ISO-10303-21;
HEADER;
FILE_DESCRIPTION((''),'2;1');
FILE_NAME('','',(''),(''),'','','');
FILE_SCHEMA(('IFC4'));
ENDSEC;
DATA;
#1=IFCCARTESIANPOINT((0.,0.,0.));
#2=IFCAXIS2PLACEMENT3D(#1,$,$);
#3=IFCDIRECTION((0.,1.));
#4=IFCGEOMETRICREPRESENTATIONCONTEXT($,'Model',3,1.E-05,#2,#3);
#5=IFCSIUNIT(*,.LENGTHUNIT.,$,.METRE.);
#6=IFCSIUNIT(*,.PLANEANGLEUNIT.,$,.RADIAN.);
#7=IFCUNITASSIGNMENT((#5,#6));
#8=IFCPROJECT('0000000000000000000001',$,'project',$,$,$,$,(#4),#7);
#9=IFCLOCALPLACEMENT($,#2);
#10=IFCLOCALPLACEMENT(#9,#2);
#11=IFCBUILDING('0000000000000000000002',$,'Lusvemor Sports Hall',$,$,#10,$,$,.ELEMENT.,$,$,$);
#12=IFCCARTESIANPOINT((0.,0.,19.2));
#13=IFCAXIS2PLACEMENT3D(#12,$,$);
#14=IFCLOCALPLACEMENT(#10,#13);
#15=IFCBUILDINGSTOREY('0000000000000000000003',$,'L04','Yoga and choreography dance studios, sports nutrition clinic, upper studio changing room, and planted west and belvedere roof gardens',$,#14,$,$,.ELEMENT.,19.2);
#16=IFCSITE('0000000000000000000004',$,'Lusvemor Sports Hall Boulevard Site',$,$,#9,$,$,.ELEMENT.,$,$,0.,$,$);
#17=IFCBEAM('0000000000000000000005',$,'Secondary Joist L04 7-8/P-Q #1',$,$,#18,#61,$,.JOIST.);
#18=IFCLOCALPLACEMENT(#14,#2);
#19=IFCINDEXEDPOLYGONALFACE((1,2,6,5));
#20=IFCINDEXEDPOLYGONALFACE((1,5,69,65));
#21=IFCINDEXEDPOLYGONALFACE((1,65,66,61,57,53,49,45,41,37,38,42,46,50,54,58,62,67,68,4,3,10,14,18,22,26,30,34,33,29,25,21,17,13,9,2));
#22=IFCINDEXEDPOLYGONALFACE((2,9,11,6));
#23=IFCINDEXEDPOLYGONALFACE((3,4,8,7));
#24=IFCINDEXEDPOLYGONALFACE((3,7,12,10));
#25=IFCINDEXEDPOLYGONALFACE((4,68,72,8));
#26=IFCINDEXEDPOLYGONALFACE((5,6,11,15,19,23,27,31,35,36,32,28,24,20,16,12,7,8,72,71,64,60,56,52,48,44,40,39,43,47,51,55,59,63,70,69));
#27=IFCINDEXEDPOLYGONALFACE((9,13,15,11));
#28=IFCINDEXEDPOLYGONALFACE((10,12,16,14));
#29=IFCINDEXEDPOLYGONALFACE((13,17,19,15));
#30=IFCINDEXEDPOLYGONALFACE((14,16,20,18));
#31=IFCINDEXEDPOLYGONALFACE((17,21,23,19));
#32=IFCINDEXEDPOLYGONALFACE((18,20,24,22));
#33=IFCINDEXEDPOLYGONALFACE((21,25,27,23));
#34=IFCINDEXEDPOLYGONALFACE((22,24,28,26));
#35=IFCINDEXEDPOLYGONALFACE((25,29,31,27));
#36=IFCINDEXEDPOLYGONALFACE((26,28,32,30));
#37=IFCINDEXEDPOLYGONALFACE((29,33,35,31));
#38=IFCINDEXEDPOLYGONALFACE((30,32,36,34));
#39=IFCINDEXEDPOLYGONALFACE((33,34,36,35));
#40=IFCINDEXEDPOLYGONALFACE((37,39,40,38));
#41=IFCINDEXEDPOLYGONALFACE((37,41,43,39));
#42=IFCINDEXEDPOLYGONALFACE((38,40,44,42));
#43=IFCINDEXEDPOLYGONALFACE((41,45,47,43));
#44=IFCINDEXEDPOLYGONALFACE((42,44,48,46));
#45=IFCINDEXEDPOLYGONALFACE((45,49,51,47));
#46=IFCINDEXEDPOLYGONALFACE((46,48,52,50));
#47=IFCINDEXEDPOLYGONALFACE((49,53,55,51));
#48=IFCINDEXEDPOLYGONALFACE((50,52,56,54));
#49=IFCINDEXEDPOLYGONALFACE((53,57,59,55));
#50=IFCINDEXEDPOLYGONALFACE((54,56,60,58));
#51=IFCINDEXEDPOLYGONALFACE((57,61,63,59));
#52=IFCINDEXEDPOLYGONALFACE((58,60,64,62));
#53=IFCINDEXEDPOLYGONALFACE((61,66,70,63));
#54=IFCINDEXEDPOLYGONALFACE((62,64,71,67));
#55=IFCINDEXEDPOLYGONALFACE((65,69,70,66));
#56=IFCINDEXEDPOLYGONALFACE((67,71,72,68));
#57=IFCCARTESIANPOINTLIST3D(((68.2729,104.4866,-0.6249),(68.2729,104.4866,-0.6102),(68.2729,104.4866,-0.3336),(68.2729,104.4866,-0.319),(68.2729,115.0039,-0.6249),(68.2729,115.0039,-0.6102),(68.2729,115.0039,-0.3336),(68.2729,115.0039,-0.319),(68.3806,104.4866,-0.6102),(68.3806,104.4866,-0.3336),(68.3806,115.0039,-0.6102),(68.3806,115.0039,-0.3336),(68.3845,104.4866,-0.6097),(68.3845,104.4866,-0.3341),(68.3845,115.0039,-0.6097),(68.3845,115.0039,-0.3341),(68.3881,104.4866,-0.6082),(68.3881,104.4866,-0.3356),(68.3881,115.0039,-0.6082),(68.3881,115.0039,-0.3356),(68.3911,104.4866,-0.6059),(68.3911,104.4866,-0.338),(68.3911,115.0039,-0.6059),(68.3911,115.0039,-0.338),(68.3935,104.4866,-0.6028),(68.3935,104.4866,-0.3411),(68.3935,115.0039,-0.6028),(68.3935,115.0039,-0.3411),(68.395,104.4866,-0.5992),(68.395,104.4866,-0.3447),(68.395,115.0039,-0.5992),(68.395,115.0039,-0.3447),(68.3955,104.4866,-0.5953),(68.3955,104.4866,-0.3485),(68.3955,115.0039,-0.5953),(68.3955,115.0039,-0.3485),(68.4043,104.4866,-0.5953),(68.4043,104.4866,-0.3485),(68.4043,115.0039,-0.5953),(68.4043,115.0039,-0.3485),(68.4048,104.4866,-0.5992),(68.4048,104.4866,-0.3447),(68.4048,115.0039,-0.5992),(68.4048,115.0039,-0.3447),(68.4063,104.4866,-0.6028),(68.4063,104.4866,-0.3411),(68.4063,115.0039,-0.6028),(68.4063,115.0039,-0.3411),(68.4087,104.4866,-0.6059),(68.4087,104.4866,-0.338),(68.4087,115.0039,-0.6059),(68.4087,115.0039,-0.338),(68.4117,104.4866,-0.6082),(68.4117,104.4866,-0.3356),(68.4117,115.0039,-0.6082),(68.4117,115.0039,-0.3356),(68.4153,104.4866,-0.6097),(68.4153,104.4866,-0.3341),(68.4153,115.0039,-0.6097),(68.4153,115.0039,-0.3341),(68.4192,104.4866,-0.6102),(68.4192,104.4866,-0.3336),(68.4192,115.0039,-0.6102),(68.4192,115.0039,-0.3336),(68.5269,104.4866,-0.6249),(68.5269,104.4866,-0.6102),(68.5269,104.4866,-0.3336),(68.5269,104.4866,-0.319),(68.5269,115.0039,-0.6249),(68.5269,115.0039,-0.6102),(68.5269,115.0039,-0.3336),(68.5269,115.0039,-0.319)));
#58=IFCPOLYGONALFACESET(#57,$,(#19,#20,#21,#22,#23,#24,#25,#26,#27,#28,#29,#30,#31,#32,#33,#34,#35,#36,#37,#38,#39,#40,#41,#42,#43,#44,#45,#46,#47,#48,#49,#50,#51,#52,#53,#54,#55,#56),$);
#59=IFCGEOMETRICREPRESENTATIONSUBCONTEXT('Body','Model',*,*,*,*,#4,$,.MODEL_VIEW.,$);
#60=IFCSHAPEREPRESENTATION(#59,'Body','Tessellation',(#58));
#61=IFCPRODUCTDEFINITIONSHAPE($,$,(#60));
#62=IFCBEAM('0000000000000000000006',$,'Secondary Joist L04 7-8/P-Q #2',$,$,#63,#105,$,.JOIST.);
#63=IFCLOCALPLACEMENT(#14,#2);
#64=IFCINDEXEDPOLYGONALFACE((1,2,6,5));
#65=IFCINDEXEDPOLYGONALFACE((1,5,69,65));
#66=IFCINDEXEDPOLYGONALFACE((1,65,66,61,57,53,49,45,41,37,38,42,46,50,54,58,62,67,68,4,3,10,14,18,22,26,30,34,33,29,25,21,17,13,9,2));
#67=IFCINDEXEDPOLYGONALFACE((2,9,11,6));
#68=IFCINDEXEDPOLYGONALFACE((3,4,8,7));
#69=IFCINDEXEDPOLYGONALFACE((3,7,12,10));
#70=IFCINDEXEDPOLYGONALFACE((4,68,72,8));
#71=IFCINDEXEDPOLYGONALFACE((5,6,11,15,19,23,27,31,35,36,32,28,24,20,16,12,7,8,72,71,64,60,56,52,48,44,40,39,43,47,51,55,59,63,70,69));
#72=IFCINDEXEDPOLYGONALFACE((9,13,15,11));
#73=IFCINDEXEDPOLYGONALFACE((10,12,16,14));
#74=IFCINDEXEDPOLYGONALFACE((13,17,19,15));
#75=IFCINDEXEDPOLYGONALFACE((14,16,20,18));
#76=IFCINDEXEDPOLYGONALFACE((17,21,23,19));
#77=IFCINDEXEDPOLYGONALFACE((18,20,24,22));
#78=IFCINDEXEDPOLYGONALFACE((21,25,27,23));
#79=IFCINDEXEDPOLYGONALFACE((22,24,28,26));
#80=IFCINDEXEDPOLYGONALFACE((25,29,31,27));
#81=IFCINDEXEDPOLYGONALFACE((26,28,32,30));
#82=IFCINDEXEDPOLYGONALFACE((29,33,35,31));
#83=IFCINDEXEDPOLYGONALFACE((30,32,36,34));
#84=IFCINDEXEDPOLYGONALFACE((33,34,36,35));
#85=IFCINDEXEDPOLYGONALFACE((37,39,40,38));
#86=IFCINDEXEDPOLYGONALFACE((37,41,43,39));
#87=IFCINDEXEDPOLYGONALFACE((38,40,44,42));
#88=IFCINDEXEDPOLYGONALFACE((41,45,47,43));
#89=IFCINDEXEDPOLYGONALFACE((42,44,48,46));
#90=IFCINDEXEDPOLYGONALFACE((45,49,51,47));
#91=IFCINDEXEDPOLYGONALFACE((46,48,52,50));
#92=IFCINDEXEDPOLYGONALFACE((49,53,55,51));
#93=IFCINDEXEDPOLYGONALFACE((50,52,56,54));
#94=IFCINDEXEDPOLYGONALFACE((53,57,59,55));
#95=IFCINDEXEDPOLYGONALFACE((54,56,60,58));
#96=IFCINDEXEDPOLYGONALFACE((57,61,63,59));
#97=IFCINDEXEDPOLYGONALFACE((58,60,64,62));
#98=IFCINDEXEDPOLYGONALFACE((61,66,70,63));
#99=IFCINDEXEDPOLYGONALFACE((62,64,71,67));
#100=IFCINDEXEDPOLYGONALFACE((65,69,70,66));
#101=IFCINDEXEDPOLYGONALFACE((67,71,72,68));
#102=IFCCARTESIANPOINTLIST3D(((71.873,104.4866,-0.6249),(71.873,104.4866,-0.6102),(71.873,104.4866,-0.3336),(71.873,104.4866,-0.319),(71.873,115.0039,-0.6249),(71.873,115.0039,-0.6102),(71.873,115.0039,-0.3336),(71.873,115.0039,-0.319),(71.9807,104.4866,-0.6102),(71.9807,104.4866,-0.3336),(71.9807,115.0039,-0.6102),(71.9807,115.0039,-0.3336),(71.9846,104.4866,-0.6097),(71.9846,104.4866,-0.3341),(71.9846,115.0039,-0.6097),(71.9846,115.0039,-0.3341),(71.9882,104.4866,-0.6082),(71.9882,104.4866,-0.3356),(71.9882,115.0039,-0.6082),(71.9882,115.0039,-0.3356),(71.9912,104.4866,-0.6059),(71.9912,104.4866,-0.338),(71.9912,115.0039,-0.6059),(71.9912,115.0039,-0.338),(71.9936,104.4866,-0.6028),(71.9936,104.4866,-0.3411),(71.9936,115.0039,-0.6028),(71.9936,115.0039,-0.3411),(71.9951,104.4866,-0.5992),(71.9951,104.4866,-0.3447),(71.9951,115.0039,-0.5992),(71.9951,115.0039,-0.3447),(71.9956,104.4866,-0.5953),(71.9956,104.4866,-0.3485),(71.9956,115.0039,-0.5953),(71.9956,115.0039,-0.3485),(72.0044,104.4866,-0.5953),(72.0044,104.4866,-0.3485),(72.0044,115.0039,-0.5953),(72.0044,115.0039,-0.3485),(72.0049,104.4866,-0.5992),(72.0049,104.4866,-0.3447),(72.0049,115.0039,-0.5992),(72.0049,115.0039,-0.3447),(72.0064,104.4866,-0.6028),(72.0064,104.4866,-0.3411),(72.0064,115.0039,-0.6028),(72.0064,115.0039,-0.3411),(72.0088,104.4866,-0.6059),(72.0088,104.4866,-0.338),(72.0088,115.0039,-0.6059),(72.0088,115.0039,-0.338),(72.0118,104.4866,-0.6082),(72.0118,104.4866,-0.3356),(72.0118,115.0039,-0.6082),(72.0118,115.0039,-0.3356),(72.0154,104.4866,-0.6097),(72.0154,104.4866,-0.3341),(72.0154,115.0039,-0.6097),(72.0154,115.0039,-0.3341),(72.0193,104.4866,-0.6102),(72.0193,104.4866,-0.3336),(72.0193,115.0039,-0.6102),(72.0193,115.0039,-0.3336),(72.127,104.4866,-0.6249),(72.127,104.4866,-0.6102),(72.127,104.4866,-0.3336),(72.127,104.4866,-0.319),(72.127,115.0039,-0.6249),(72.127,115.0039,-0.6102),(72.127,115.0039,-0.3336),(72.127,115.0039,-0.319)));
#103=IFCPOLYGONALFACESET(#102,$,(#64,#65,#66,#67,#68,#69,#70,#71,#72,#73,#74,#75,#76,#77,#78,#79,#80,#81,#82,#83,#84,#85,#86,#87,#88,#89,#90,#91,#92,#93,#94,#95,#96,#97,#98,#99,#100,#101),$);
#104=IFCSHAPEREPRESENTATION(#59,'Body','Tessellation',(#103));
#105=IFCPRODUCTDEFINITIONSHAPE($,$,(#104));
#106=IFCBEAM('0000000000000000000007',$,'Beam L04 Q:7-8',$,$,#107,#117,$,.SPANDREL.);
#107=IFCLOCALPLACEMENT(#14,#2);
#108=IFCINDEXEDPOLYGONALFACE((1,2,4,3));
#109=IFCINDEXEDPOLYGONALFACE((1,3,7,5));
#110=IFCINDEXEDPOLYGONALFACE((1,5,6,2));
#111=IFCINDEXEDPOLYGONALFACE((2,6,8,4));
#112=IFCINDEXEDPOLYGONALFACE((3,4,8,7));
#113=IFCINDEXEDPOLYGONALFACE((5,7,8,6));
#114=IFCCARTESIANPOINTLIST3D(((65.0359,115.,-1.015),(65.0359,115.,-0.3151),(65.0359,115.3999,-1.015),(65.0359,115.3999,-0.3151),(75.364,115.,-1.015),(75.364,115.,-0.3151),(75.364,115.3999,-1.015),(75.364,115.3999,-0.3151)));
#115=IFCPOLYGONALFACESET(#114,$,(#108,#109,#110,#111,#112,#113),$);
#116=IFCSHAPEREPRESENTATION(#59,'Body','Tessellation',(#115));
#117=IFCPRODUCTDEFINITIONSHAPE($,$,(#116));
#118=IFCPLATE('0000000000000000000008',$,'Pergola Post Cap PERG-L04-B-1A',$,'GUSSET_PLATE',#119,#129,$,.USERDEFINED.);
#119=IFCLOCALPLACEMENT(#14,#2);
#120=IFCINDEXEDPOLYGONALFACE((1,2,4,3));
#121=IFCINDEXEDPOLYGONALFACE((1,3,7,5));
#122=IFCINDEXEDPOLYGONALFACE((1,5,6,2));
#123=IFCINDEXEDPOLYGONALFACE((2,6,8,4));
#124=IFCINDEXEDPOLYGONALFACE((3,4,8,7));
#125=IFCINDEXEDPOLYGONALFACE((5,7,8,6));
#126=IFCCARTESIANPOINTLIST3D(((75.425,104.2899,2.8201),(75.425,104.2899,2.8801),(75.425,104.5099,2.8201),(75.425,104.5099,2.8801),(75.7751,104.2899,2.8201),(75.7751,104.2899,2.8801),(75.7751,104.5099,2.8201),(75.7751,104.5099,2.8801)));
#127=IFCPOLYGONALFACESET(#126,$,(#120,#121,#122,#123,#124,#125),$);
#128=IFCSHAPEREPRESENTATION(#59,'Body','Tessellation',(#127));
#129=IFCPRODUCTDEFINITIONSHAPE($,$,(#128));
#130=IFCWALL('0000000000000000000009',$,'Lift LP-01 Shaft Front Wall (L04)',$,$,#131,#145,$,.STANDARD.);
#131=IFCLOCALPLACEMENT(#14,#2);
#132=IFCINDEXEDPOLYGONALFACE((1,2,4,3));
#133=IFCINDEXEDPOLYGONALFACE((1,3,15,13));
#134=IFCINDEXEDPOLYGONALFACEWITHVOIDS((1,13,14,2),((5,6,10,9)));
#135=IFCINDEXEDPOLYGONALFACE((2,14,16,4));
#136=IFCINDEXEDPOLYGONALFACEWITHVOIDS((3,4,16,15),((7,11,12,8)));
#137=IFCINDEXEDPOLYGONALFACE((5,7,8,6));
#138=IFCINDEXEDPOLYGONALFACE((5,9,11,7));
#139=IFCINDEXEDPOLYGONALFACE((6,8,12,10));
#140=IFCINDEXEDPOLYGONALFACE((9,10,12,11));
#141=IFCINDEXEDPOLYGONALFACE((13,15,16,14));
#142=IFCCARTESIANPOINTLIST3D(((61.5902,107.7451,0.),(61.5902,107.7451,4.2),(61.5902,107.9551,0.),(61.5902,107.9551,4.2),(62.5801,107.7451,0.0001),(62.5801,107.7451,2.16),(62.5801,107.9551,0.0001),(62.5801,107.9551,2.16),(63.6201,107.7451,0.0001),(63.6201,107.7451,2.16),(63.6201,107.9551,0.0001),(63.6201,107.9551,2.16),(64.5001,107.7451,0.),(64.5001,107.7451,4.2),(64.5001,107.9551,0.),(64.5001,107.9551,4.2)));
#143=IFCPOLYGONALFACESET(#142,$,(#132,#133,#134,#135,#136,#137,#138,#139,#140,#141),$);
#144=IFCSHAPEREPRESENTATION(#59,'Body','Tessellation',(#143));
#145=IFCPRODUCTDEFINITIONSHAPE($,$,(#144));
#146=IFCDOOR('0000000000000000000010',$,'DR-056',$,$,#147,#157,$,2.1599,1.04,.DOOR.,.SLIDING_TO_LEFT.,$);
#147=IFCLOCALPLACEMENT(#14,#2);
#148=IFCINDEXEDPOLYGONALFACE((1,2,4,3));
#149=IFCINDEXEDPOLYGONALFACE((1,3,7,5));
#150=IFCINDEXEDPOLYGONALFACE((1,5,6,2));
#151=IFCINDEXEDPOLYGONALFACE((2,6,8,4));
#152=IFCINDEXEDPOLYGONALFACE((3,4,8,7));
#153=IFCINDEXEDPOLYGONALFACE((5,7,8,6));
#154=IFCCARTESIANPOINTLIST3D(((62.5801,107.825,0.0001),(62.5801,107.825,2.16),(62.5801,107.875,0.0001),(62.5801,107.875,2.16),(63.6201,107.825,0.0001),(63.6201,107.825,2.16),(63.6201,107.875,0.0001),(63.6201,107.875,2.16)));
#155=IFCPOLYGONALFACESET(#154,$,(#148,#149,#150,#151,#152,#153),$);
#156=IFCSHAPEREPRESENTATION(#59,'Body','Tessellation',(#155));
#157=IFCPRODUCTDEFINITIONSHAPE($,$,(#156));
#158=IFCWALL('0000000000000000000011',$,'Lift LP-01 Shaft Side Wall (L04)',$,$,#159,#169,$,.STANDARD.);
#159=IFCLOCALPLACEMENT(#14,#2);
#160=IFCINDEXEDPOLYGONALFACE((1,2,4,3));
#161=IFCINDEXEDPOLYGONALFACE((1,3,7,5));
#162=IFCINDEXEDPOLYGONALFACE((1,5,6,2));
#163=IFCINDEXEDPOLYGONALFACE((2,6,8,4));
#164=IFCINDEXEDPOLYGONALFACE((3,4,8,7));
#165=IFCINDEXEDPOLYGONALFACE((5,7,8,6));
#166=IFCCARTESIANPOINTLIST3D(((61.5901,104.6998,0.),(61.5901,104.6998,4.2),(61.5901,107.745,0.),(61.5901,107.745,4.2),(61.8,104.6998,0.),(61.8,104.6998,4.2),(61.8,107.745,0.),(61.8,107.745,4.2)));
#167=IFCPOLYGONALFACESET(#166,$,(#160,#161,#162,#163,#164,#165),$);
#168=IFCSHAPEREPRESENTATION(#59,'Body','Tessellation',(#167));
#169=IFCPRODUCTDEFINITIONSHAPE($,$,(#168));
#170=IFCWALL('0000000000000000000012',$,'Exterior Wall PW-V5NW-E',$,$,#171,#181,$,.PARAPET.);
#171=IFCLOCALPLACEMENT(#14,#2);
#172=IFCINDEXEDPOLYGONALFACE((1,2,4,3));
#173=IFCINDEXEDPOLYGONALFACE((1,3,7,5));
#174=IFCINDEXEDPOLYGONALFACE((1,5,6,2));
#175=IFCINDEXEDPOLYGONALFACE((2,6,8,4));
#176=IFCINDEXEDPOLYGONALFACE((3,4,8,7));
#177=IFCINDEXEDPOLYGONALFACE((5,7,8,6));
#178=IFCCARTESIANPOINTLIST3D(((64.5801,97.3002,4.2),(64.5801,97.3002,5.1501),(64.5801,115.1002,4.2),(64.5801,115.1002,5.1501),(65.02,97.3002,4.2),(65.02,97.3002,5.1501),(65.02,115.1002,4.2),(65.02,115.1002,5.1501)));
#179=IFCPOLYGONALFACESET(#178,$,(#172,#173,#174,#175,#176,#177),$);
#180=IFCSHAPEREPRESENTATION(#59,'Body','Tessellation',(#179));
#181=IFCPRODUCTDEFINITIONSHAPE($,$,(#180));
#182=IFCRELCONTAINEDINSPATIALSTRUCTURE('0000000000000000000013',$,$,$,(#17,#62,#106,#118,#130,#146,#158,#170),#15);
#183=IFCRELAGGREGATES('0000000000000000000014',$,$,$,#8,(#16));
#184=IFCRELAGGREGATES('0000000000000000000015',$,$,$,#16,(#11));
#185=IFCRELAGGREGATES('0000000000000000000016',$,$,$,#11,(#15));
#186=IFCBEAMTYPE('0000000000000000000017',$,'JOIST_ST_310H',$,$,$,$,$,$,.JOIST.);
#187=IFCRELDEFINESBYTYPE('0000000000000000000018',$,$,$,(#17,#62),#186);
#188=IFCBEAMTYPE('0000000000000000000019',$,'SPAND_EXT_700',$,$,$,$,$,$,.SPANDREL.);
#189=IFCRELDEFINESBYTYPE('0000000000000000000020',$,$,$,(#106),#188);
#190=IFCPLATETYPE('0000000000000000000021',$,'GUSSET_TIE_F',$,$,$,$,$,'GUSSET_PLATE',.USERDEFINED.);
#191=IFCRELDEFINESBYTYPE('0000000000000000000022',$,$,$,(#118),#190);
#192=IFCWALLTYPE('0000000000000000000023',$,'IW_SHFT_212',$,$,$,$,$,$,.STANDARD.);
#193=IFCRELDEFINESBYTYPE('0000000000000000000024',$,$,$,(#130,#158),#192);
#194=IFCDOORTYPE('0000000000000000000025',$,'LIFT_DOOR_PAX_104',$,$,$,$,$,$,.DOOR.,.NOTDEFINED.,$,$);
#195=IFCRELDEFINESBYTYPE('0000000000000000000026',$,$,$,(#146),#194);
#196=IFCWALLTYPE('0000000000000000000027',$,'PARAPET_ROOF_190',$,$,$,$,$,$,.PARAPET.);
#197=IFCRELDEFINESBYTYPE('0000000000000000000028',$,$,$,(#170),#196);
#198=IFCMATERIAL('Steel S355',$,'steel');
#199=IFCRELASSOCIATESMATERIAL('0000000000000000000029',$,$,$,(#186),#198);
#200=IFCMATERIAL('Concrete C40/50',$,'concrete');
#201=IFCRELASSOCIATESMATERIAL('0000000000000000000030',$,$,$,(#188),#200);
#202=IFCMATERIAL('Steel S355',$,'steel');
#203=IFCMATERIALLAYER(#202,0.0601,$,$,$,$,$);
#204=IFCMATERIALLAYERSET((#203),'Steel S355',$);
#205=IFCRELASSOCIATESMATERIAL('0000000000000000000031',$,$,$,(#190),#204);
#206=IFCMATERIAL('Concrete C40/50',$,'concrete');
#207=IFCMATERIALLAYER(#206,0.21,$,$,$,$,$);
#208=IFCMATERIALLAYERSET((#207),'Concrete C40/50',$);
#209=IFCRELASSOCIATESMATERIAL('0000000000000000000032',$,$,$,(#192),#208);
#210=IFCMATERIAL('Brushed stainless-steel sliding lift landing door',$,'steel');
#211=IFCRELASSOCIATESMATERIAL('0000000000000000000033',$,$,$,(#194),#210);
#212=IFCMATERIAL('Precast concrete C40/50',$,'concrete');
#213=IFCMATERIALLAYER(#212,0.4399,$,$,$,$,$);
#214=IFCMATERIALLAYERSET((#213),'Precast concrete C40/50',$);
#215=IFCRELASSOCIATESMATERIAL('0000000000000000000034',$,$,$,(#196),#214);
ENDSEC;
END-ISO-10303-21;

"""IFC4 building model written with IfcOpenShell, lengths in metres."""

from ifc_helpers import new_model, si_unit, direction, frame, frame_2d, origin, origin_2d, place, context, subcontext, project, spatial, rectangle, i_section, extrude, material, layer, layer_set, material_profile, profile_set, type_object, element, fill, save


model = new_model("IFC4")

# Units and contexts
model_context = context("Model", 3, precision=1e-05, world=origin(), true_north=direction((0.0, 1.0)))
body_context = subcontext(model_context, "Body", "Model", "MODEL_VIEW")
ifc_project = project(units=[si_unit("LENGTHUNIT", "METRE"), si_unit("PLANEANGLEUNIT", "RADIAN")], contexts=[model_context])

# Site, building, storey
site_placement = place(None, origin())
site = spatial("IfcSite", under=ifc_project, at=site_placement, Name="Lusvemor Sports Hall Boulevard Site", CompositionType="ELEMENT", RefElevation=0.0)
building_placement = place(site_placement, origin())
building = spatial("IfcBuilding", under=site, at=building_placement, Name="Lusvemor Sports Hall", CompositionType="ELEMENT")
storey_placement = place(building_placement, frame((0.0, 0.0, 19.2)))
storey = spatial("IfcBuildingStorey", under=building, at=storey_placement, Name="L04", Description="Yoga and choreography dance studios, sports nutrition clinic, upper studio changing room, and planted west and belvedere roof gardens", CompositionType="ELEMENT", Elevation=19.2)

# Beams
ifc_material_1 = material(Name="Steel S355", Category="steel")
ifc_material_profile_1 = material_profile(ifc_material_1, i_section(OverallWidth=0.2539, OverallDepth=0.3059, WebThickness=0.0088, FlangeThickness=0.0146, FilletRadius=0.0149, at=origin_2d()), Name="W310x79.0")
ifc_profile_set_1 = profile_set([ifc_material_profile_1], Name="Steel S355")
beam_type_1 = type_object("IfcBeamType", Name="JOIST_ST_310H", PredefinedType="JOIST", material=ifc_profile_set_1)
for number, where, z_axis, x_axis, name in (
    (1, (68.3999, 104.4866, -0.4719), (0.0, 1.0, 0.0), (-1.0, 0.0, 0.0), "Secondary Joist L04 7-8/P-Q #1"),
    (2, (72.0, 104.4866, -0.4719), (0.0, 1.0, 0.0), (-1.0, 0.0, 0.0), "Secondary Joist L04 7-8/P-Q #2"),
):
    element("IfcBeam", number, at=place(storey_placement, frame(where, z_axis=z_axis, x_axis=x_axis)), inside=storey, type_object=beam_type_1, Name=name, PredefinedType="JOIST", context=body_context, shape_type="SweptSolid", body=[
        extrude(i_section(OverallWidth=0.2539, OverallDepth=0.3059, WebThickness=0.0088, FlangeThickness=0.0146, FilletRadius=0.0149, at=origin_2d()), origin(), (0.0, 0.0, 1.0), 10.5173),
    ])
ifc_material_2 = material(Name="Concrete C40/50", Category="concrete")
ifc_material_profile_2 = material_profile(ifc_material_2, rectangle(XDim=0.3999, YDim=0.7, at=origin_2d()), Name="RC400x700")
ifc_profile_set_2 = profile_set([ifc_material_profile_2], Name="Concrete C40/50")
beam_type_2 = type_object("IfcBeamType", Name="SPAND_EXT_700", PredefinedType="SPANDREL", material=ifc_profile_set_2)
beam_1_placement = place(storey_placement, frame((65.0359, 115.2, -0.665), z_axis=(1.0, 0.0, 0.0), x_axis=(0.0, 1.0, 0.0)))
element("IfcBeam", 3, at=beam_1_placement, inside=storey, type_object=beam_type_2, Name="Beam L04 Q:7-8", PredefinedType="SPANDREL", context=body_context, shape_type="SweptSolid", body=[
    extrude(rectangle(XDim=0.3999, YDim=0.7, at=origin_2d()), origin(), (0.0, 0.0, 1.0), 10.3281),
])

# Plate
ifc_material_3 = material(Name="Steel S355", Category="steel")
ifc_layer_1 = layer(ifc_material_3, 0.0601)
ifc_layer_set_1 = layer_set([ifc_layer_1], Name="Steel S355")
plate_type = type_object("IfcPlateType", Name="GUSSET_TIE_F", ElementType="GUSSET_PLATE", PredefinedType="USERDEFINED", material=ifc_layer_set_1)
plate_placement = place(storey_placement, frame((75.6001, 104.3999, 2.8201), z_axis=(0.0, 0.0, 1.0), x_axis=(1.0, 0.0, 0.0)))
element("IfcPlate", 4, at=plate_placement, inside=storey, type_object=plate_type, Name="Pergola Post Cap PERG-L04-B-1A", ObjectType="GUSSET_PLATE", PredefinedType="USERDEFINED", context=body_context, shape_type="SweptSolid", body=[
    extrude(rectangle(XDim=0.3501, YDim=0.22, at=origin_2d()), origin(), (0.0, 0.0, 1.0), 0.0601),
])

# Wall, opening, door
ifc_material_4 = material(Name="Concrete C40/50", Category="concrete")
ifc_layer_2 = layer(ifc_material_4, 0.21)
ifc_layer_set_2 = layer_set([ifc_layer_2], Name="Concrete C40/50")
wall_type_1 = type_object("IfcWallType", Name="IW_SHFT_212", PredefinedType="STANDARD", material=ifc_layer_set_2)
wall_1_placement = place(storey_placement, frame((61.5901, 107.8501, 0.0), z_axis=(0.0, 0.0, 1.0), x_axis=(1.0, 0.0, 0.0)))
wall_1 = element("IfcWall", 5, at=wall_1_placement, inside=storey, type_object=wall_type_1, Name="Lift LP-01 Shaft Front Wall (L04)", PredefinedType="STANDARD", context=body_context, shape_type="SweptSolid", body=[
    extrude(rectangle(XDim=2.9099, YDim=0.21, at=frame_2d((1.4551, 0.0))), origin(), (0.0, 0.0, 1.0), 4.2),
])
opening_1_placement = place(wall_1_placement, frame((0.99, 0.0, 0.0)))
opening_1 = element("IfcOpeningElement", 6, at=opening_1_placement, cuts=wall_1, PredefinedType="OPENING", context=body_context, shape_type="SweptSolid", body=[
    extrude(rectangle(XDim=1.04, YDim=2.1599, at=frame_2d((0.52, 1.0801))), frame((0.0, 0.105, 0.0), z_axis=(0.0, -1.0, 0.0), x_axis=(1.0, 0.0, 0.0)), (0.0, 0.0, 1.0), 0.21),
])
ifc_material_5 = material(Name="Brushed stainless-steel sliding lift landing door", Category="steel")
door_type_1 = type_object("IfcDoorType", Name="LIFT_DOOR_PAX_104", OperationType="NOTDEFINED", PredefinedType="DOOR", material=ifc_material_5)
door_1_placement = place(opening_1_placement, origin())
door_1 = element("IfcDoor", 7, at=door_1_placement, inside=storey, type_object=door_type_1, Name="DR-056", OperationType="SLIDING_TO_LEFT", OverallHeight=2.1599, OverallWidth=1.04, PredefinedType="DOOR", context=body_context, shape_type="SweptSolid", body=[
    extrude(rectangle(XDim=1.04, YDim=2.1599, at=frame_2d((0.52, 1.0801))), frame((0.0, 0.0249, 0.0), z_axis=(0.0, -1.0, 0.0), x_axis=(1.0, 0.0, 0.0)), (0.0, 0.0, 1.0), 0.05),
])
fill(opening_1, door_1)

# Walls
wall_2_placement = place(storey_placement, frame((61.6951, 104.7, 0.0), z_axis=(0.0, 0.0, 1.0), x_axis=(0.0, 1.0, 0.0)))
element("IfcWall", 8, at=wall_2_placement, inside=storey, type_object=wall_type_1, Name="Lift LP-01 Shaft Side Wall (L04)", PredefinedType="STANDARD", context=body_context, shape_type="SweptSolid", body=[
    extrude(rectangle(XDim=3.0452, YDim=0.21, at=frame_2d((1.5225, 0.0))), origin(), (0.0, 0.0, 1.0), 4.2),
])
ifc_material_6 = material(Name="Precast concrete C40/50", Category="concrete")
ifc_layer_3 = layer(ifc_material_6, 0.4399)
ifc_layer_set_3 = layer_set([ifc_layer_3], Name="Precast concrete C40/50")
wall_type_2 = type_object("IfcWallType", Name="PARAPET_ROOF_190", PredefinedType="PARAPET", material=ifc_layer_set_3)
wall_3_placement = place(storey_placement, frame((64.8, 115.1001, 4.2), z_axis=(0.0, 0.0, 1.0), x_axis=(0.0, -1.0, 0.0)))
element("IfcWall", 9, at=wall_3_placement, inside=storey, type_object=wall_type_2, Name="Exterior Wall PW-V5NW-E", PredefinedType="PARAPET", context=body_context, shape_type="SweptSolid", body=[
    extrude(rectangle(XDim=17.8, YDim=0.4399, at=frame_2d((8.8999, 0.0))), origin(), (0.0, 0.0, 1.0), 0.9502),
])

save(model, "model.ifc")
